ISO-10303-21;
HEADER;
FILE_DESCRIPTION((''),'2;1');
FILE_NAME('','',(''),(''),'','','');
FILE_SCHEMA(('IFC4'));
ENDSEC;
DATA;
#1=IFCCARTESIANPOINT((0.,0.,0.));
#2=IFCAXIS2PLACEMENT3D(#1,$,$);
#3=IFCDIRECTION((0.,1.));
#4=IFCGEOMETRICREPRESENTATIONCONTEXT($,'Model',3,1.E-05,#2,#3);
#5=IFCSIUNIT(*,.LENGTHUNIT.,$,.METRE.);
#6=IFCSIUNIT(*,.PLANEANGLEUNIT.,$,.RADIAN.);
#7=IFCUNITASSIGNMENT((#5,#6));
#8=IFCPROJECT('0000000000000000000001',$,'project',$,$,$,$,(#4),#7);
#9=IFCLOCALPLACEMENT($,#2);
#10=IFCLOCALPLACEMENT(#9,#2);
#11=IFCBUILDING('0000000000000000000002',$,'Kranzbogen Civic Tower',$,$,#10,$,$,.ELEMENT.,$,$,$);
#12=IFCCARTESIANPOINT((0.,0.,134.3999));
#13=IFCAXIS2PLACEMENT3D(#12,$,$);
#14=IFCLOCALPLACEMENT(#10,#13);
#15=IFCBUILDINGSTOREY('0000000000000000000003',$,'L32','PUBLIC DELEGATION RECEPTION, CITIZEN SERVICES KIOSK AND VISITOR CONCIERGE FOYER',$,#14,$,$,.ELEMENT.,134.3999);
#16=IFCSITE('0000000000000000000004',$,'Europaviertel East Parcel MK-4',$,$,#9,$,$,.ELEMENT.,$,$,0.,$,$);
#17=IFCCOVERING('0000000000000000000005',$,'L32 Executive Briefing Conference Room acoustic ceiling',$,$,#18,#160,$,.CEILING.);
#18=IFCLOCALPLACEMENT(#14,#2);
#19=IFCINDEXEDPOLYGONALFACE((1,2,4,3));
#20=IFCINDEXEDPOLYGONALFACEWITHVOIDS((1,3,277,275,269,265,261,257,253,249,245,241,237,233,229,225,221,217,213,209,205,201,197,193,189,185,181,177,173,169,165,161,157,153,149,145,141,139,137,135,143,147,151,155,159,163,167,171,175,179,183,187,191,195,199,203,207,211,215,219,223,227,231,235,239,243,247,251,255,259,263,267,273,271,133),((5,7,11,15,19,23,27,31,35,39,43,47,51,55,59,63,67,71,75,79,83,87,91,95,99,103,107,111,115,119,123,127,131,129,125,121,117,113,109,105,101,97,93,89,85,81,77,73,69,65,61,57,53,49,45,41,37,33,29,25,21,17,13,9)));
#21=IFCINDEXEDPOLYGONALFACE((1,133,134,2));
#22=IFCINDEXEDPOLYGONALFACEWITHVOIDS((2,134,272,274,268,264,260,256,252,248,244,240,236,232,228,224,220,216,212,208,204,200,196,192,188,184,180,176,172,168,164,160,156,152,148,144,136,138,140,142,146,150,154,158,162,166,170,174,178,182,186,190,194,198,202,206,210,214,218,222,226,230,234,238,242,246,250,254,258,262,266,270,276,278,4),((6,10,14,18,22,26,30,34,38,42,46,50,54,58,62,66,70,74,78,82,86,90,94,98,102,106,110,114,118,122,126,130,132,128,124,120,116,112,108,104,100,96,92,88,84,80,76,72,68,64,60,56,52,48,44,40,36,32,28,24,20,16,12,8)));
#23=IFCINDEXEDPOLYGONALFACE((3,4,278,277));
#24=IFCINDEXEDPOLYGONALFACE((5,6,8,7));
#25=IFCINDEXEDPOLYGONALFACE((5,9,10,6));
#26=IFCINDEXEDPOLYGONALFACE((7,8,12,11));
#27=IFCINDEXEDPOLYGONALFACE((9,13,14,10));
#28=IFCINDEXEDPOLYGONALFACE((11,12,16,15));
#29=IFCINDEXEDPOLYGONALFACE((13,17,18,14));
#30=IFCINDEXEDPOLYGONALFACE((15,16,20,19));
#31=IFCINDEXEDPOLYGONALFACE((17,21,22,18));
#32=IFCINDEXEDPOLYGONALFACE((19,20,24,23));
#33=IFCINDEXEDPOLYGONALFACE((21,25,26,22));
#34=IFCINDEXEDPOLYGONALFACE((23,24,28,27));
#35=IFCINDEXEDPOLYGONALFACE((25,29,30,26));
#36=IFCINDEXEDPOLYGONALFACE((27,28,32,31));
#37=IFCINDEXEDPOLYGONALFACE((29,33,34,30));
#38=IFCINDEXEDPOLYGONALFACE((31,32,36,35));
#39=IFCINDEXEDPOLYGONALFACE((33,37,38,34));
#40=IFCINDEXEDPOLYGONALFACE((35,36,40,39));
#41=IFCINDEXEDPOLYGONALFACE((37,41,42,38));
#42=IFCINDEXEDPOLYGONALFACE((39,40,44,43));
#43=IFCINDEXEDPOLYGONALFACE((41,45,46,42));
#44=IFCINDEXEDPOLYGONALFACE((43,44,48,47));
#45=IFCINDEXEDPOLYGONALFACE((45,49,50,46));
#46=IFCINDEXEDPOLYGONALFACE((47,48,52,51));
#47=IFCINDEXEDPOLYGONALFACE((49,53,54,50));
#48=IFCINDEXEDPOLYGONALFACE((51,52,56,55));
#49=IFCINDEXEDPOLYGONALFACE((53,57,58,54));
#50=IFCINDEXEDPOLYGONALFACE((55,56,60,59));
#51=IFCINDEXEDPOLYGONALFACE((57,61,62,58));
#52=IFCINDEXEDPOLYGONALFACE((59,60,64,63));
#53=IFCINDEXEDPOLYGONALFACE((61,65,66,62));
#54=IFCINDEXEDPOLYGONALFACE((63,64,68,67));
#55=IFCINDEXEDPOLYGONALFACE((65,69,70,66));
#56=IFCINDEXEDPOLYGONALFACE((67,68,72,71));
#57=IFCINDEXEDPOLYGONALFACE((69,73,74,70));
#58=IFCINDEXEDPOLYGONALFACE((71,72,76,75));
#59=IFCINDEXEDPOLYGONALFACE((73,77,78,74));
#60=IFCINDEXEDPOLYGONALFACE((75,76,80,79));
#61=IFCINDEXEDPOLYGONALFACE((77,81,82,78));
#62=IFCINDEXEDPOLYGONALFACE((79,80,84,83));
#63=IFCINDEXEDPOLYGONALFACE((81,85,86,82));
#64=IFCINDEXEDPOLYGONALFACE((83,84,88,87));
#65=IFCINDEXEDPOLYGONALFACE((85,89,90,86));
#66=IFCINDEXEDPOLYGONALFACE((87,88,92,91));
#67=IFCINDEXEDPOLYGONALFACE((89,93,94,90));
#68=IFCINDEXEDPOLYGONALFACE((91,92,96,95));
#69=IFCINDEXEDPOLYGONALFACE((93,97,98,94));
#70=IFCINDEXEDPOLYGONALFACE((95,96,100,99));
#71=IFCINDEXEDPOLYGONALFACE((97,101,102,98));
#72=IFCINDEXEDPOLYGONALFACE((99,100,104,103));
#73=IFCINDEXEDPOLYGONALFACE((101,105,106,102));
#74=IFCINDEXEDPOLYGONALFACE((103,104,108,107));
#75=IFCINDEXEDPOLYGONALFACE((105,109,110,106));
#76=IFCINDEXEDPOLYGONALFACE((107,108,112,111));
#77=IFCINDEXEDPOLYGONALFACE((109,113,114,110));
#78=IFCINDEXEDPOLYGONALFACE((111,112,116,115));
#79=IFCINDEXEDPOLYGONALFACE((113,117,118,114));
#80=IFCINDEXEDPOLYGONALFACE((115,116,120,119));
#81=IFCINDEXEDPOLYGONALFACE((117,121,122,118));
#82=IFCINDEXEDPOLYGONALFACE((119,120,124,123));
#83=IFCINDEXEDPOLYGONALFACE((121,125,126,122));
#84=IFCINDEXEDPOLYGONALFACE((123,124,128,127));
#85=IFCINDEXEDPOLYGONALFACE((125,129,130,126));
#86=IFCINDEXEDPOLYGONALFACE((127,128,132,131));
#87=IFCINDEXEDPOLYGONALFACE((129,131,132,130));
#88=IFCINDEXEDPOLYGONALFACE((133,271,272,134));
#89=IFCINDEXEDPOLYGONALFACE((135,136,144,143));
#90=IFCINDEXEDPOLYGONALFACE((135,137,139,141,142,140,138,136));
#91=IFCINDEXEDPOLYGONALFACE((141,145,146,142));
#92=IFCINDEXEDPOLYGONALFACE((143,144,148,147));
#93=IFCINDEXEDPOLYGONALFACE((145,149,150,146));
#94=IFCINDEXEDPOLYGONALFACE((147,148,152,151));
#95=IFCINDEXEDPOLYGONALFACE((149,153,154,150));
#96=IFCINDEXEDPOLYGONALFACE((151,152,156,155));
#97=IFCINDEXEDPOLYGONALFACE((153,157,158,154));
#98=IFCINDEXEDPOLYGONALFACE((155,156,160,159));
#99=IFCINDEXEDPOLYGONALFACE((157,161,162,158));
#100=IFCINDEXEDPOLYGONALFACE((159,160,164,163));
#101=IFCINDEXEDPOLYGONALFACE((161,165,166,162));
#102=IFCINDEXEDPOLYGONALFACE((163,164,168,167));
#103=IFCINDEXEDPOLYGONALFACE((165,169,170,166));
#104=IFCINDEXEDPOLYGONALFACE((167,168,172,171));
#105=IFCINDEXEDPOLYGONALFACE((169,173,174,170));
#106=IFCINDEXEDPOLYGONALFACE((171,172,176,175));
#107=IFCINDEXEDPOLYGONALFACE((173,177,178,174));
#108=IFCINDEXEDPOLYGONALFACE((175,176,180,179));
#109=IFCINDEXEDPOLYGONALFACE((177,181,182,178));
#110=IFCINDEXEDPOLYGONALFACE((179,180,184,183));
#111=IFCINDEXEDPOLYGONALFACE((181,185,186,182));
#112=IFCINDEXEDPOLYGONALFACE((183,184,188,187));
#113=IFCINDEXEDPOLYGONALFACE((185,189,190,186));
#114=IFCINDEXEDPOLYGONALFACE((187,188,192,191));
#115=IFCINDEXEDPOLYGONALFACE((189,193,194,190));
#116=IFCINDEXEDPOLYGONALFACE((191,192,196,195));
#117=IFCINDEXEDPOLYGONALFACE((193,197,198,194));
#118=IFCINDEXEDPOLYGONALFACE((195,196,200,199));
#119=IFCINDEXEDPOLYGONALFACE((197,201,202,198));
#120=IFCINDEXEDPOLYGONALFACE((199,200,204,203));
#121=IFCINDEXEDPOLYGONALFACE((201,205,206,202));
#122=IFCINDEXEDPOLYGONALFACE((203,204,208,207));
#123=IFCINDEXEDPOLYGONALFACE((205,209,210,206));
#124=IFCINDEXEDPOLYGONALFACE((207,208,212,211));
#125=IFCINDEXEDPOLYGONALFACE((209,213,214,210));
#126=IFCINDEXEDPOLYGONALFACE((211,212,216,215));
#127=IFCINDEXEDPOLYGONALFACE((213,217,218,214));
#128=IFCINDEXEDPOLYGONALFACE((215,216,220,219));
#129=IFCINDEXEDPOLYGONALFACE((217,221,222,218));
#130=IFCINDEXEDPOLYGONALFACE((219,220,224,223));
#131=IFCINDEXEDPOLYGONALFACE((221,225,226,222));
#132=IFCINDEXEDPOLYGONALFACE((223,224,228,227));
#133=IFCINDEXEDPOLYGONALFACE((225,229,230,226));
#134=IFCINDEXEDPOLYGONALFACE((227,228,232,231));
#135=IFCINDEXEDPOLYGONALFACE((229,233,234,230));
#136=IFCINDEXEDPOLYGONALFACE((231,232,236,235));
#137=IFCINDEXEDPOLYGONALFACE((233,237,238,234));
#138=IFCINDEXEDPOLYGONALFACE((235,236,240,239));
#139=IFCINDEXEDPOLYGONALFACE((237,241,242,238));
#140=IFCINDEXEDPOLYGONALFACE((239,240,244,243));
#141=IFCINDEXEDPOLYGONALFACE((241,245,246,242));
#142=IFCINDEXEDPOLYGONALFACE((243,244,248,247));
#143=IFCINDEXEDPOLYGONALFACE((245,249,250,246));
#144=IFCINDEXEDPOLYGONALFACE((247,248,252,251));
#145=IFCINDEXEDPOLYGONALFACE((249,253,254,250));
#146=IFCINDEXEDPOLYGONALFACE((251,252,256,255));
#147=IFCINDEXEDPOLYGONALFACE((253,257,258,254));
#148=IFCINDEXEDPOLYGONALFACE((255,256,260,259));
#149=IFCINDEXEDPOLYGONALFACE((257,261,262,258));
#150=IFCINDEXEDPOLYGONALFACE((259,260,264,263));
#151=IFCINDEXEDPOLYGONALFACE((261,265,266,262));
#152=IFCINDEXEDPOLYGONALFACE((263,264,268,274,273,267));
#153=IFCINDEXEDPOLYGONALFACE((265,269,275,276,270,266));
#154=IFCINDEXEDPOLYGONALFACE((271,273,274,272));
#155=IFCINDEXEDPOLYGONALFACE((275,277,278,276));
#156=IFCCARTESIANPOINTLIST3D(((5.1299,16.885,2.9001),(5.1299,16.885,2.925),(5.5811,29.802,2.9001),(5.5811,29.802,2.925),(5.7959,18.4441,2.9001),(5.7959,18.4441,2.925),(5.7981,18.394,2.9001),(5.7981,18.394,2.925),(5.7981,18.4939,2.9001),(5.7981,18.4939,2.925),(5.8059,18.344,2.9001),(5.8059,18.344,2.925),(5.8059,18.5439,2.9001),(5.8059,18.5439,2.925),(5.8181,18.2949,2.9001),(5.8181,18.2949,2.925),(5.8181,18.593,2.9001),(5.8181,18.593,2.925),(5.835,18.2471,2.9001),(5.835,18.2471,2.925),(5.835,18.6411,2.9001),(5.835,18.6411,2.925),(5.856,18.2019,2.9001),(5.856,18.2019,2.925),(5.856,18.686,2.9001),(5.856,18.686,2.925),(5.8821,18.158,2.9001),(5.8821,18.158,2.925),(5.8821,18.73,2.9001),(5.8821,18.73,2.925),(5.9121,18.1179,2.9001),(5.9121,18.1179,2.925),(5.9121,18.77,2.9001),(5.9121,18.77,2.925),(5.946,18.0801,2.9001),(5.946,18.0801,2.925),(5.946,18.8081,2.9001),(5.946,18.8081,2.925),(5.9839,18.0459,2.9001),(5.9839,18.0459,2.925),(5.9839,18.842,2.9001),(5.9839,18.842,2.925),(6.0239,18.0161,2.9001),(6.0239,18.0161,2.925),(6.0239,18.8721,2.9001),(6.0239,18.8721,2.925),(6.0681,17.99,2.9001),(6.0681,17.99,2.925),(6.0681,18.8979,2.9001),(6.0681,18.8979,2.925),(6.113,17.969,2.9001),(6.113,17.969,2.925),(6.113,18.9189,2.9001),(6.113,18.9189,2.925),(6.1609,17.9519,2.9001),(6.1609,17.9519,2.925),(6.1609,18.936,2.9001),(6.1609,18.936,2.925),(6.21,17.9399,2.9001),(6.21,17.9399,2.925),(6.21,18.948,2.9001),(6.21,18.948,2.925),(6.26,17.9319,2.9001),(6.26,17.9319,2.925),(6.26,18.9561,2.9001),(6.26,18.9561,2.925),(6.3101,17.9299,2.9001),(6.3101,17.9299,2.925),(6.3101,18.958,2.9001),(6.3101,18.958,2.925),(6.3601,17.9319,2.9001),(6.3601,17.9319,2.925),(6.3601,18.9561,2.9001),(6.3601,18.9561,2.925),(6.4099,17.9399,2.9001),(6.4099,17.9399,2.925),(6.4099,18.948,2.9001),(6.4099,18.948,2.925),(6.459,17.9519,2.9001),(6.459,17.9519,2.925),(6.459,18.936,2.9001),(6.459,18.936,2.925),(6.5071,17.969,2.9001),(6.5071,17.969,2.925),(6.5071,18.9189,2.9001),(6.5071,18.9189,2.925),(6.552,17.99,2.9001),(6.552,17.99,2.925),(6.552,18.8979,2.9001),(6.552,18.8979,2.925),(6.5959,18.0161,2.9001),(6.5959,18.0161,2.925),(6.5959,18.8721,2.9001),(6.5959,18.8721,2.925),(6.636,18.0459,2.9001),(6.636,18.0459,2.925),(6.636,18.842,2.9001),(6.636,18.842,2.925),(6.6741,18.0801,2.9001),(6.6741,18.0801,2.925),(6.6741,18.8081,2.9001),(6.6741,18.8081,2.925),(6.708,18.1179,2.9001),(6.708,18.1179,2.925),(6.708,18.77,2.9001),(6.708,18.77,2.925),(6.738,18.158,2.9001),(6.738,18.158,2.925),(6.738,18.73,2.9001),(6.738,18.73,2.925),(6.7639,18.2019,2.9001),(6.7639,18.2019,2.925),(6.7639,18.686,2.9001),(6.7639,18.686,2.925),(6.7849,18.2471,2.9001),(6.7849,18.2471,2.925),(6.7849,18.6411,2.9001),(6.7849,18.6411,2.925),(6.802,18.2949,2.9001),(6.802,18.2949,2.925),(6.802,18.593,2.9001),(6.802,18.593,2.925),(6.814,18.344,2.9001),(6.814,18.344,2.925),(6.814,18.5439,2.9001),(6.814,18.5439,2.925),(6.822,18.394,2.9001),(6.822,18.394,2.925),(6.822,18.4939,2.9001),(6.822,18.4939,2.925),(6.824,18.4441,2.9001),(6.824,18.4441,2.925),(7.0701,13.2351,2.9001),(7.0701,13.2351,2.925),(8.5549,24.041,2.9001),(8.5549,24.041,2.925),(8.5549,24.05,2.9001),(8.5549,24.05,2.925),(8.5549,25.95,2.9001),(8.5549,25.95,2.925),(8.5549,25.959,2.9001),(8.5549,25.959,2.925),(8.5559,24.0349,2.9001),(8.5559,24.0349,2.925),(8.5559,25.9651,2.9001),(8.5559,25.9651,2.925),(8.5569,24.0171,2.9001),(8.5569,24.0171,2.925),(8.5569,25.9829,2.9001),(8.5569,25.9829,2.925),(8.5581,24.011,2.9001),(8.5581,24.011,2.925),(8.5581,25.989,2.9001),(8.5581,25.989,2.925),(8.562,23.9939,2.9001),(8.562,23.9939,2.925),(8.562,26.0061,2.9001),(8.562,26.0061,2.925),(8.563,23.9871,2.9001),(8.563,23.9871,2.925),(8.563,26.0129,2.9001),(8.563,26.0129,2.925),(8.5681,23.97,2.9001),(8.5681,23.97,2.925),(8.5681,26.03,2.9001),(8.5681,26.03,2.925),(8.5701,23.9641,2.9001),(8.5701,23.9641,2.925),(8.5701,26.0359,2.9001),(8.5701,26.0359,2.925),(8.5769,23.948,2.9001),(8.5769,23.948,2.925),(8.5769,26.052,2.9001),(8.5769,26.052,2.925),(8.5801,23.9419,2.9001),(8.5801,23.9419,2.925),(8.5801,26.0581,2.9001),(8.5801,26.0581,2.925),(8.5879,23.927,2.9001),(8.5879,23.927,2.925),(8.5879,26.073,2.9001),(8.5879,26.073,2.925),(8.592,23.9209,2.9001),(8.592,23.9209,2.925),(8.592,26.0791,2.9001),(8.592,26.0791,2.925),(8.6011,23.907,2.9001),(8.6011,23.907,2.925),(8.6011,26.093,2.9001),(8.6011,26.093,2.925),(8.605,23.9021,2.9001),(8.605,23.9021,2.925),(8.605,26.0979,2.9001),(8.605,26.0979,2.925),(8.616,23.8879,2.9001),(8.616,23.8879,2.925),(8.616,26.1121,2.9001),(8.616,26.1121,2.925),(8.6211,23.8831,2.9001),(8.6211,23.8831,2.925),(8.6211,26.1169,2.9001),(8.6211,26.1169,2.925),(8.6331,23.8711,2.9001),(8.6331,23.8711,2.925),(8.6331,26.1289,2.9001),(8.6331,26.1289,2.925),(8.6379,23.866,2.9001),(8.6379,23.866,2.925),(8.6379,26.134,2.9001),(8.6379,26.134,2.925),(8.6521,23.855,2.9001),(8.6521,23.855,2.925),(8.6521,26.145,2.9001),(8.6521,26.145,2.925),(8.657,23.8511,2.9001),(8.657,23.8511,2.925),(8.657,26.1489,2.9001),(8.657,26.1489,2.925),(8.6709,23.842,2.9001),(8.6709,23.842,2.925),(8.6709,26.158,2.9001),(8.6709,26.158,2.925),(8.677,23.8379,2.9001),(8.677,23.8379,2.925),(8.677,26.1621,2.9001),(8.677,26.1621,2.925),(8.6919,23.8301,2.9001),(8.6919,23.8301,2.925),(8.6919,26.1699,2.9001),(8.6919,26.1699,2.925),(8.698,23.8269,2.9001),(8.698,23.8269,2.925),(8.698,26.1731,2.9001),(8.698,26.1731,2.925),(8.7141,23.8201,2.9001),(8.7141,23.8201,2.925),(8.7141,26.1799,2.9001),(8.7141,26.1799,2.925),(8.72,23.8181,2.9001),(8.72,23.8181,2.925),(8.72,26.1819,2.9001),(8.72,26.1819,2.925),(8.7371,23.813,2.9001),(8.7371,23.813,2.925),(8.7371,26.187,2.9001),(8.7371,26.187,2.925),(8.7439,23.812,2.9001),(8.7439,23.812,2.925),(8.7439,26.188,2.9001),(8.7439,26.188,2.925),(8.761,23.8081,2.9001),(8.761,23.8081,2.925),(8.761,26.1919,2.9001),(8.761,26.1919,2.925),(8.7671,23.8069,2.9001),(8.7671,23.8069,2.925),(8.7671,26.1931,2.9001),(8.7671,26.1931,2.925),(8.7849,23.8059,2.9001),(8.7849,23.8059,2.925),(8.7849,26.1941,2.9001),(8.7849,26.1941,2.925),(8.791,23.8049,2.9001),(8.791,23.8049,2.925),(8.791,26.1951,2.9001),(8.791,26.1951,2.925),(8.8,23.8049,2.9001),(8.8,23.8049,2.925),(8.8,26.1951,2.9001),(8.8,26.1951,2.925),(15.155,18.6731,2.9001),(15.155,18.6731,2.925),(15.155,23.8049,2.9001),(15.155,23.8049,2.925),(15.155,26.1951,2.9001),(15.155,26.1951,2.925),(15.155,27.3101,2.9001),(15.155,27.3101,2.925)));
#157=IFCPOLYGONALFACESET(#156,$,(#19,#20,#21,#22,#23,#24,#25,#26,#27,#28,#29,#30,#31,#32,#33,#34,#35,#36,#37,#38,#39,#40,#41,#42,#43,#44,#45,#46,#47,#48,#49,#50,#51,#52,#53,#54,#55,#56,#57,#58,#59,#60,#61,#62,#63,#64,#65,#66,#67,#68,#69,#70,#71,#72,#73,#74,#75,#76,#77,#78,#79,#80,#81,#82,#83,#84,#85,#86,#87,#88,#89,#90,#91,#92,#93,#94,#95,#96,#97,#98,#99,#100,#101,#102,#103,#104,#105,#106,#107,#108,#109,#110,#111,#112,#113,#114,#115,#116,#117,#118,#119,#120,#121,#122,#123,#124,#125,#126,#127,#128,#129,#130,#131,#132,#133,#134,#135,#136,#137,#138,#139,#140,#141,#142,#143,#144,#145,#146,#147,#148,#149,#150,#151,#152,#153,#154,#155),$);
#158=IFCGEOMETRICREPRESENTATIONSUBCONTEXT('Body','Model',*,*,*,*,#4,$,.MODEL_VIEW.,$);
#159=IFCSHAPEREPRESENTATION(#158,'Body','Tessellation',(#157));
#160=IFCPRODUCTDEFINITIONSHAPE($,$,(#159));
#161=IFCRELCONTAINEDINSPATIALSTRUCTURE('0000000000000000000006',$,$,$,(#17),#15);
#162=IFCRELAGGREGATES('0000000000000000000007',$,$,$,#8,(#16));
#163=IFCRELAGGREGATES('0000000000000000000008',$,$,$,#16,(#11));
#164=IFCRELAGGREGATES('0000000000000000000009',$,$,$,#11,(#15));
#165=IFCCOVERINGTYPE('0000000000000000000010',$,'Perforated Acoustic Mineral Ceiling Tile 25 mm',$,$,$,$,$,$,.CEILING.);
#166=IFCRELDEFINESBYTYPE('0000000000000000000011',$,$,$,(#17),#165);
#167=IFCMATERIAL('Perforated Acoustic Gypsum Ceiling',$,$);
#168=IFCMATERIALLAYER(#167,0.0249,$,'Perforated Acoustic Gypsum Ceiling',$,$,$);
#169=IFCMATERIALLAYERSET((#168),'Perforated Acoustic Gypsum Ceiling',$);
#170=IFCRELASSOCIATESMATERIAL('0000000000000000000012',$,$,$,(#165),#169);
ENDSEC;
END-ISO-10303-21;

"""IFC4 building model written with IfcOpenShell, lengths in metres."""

from ifc_helpers import new_model, si_unit, direction, frame, origin, place, context, subcontext, project, spatial, polyline, outline, extrude, material, layer, layer_set, type_object, element, save


model = new_model("IFC4")

# Units and contexts
model_context = context("Model", 3, precision=1e-05, world=origin(), true_north=direction((0.0, 1.0)))
body_context = subcontext(model_context, "Body", "Model", "MODEL_VIEW")
ifc_project = project(units=[si_unit("LENGTHUNIT", "METRE"), si_unit("PLANEANGLEUNIT", "RADIAN")], contexts=[model_context])

# Site, building, storey
site_placement = place(None, origin())
site = spatial("IfcSite", under=ifc_project, at=site_placement, Name="Europaviertel East Parcel MK-4", CompositionType="ELEMENT", RefElevation=0.0)
building_placement = place(site_placement, origin())
building = spatial("IfcBuilding", under=site, at=building_placement, Name="Kranzbogen Civic Tower", CompositionType="ELEMENT")
storey_placement = place(building_placement, frame((0.0, 0.0, 134.3999)))
storey = spatial("IfcBuildingStorey", under=building, at=storey_placement, Name="L32", Description="PUBLIC DELEGATION RECEPTION, CITIZEN SERVICES KIOSK AND VISITOR CONCIERGE FOYER", CompositionType="ELEMENT", Elevation=134.3999)

# Covering
ifc_material_1 = material(Name="Perforated Acoustic Gypsum Ceiling")
ifc_layer_1 = layer(ifc_material_1, 0.0249, Name="Perforated Acoustic Gypsum Ceiling")
ifc_layer_set_1 = layer_set([ifc_layer_1], Name="Perforated Acoustic Gypsum Ceiling")
covering_type = type_object("IfcCoveringType", Name="Perforated Acoustic Mineral Ceiling Tile 25 mm", PredefinedType="CEILING", material=ifc_layer_set_1)
covering_1_placement = place(storey_placement, frame((0.0, 0.0, 2.9001)))
element("IfcCovering", 1, at=covering_1_placement, inside=storey, type_object=covering_type, Name="L32 Executive Briefing Conference Room acoustic ceiling", PredefinedType="CEILING", context=body_context, shape_type="SweptSolid", body=[
    extrude(outline(polyline([(5.5811, 29.802), (15.155, 27.3101), (15.155, 26.1951), (8.8, 26.1951), (8.791, 26.1951), (8.7849, 26.1941), (8.7671, 26.1931), (8.761, 26.1919), (8.7439, 26.188), (8.7371, 26.187), (8.72, 26.1819), (8.7141, 26.1799), (8.698, 26.1731), (8.6919, 26.1699), (8.677, 26.1621), (8.6709, 26.158), (8.657, 26.1489), (8.6521, 26.145), (8.6379, 26.134), (8.6331, 26.1289), (8.6211, 26.1169), (8.616, 26.1121), (8.605, 26.0979), (8.6011, 26.093), (8.592, 26.0791), (8.5879, 26.073), (8.5801, 26.0581), (8.5769, 26.052), (8.5701, 26.0359), (8.5681, 26.03), (8.563, 26.0129), (8.562, 26.0061), (8.5581, 25.989), (8.5569, 25.9829), (8.5559, 25.9651), (8.5549, 25.959), (8.5549, 25.95), (8.5549, 24.05), (8.5549, 24.041), (8.5559, 24.0349), (8.5569, 24.0171), (8.5581, 24.011), (8.562, 23.9939), (8.563, 23.9871), (8.5681, 23.97), (8.5701, 23.9641), (8.5769, 23.948), (8.5801, 23.9419), (8.5879, 23.927), (8.592, 23.9209), (8.6011, 23.907), (8.605, 23.9021), (8.616, 23.8879), (8.6211, 23.8831), (8.6331, 23.8711), (8.6379, 23.866), (8.6521, 23.855), (8.657, 23.8511), (8.6709, 23.842), (8.677, 23.8379), (8.6919, 23.8301), (8.698, 23.8269), (8.7141, 23.8201), (8.72, 23.8181), (8.7371, 23.813), (8.7439, 23.812), (8.761, 23.8081), (8.7671, 23.8069), (8.7849, 23.8059), (8.791, 23.8049), (8.8, 23.8049), (15.155, 23.8049), (15.155, 18.6731), (7.0701, 13.2351), (5.1299, 16.885), (5.5811, 29.802)]), holes=[polyline([(6.7849, 18.2471), (6.7639, 18.2019), (6.738, 18.158), (6.708, 18.1179), (6.6741, 18.0801), (6.636, 18.0459), (6.5959, 18.0161), (6.552, 17.99), (6.5071, 17.969), (6.459, 17.9519), (6.4099, 17.9399), (6.3601, 17.9319), (6.3101, 17.9299), (6.26, 17.9319), (6.21, 17.9399), (6.1609, 17.9519), (6.113, 17.969), (6.0681, 17.99), (6.0239, 18.0161), (5.9839, 18.0459), (5.946, 18.0801), (5.9121, 18.1179), (5.8821, 18.158), (5.856, 18.2019), (5.835, 18.2471), (5.8181, 18.2949), (5.8059, 18.344), (5.7981, 18.394), (5.7959, 18.4441), (5.7981, 18.4939), (5.8059, 18.5439), (5.8181, 18.593), (5.835, 18.6411), (5.856, 18.686), (5.8821, 18.73), (5.9121, 18.77), (5.946, 18.8081), (5.9839, 18.842), (6.0239, 18.8721), (6.0681, 18.8979), (6.113, 18.9189), (6.1609, 18.936), (6.21, 18.948), (6.26, 18.9561), (6.3101, 18.958), (6.3601, 18.9561), (6.4099, 18.948), (6.459, 18.936), (6.5071, 18.9189), (6.552, 18.8979), (6.5959, 18.8721), (6.636, 18.842), (6.6741, 18.8081), (6.708, 18.77), (6.738, 18.73), (6.7639, 18.686), (6.7849, 18.6411), (6.802, 18.593), (6.814, 18.5439), (6.822, 18.4939), (6.824, 18.4441), (6.822, 18.394), (6.814, 18.344), (6.802, 18.2949), (6.7849, 18.2471)])]), origin(), (0.0, 0.0, 1.0), 0.0249),
])

save(model, "model.ifc")
